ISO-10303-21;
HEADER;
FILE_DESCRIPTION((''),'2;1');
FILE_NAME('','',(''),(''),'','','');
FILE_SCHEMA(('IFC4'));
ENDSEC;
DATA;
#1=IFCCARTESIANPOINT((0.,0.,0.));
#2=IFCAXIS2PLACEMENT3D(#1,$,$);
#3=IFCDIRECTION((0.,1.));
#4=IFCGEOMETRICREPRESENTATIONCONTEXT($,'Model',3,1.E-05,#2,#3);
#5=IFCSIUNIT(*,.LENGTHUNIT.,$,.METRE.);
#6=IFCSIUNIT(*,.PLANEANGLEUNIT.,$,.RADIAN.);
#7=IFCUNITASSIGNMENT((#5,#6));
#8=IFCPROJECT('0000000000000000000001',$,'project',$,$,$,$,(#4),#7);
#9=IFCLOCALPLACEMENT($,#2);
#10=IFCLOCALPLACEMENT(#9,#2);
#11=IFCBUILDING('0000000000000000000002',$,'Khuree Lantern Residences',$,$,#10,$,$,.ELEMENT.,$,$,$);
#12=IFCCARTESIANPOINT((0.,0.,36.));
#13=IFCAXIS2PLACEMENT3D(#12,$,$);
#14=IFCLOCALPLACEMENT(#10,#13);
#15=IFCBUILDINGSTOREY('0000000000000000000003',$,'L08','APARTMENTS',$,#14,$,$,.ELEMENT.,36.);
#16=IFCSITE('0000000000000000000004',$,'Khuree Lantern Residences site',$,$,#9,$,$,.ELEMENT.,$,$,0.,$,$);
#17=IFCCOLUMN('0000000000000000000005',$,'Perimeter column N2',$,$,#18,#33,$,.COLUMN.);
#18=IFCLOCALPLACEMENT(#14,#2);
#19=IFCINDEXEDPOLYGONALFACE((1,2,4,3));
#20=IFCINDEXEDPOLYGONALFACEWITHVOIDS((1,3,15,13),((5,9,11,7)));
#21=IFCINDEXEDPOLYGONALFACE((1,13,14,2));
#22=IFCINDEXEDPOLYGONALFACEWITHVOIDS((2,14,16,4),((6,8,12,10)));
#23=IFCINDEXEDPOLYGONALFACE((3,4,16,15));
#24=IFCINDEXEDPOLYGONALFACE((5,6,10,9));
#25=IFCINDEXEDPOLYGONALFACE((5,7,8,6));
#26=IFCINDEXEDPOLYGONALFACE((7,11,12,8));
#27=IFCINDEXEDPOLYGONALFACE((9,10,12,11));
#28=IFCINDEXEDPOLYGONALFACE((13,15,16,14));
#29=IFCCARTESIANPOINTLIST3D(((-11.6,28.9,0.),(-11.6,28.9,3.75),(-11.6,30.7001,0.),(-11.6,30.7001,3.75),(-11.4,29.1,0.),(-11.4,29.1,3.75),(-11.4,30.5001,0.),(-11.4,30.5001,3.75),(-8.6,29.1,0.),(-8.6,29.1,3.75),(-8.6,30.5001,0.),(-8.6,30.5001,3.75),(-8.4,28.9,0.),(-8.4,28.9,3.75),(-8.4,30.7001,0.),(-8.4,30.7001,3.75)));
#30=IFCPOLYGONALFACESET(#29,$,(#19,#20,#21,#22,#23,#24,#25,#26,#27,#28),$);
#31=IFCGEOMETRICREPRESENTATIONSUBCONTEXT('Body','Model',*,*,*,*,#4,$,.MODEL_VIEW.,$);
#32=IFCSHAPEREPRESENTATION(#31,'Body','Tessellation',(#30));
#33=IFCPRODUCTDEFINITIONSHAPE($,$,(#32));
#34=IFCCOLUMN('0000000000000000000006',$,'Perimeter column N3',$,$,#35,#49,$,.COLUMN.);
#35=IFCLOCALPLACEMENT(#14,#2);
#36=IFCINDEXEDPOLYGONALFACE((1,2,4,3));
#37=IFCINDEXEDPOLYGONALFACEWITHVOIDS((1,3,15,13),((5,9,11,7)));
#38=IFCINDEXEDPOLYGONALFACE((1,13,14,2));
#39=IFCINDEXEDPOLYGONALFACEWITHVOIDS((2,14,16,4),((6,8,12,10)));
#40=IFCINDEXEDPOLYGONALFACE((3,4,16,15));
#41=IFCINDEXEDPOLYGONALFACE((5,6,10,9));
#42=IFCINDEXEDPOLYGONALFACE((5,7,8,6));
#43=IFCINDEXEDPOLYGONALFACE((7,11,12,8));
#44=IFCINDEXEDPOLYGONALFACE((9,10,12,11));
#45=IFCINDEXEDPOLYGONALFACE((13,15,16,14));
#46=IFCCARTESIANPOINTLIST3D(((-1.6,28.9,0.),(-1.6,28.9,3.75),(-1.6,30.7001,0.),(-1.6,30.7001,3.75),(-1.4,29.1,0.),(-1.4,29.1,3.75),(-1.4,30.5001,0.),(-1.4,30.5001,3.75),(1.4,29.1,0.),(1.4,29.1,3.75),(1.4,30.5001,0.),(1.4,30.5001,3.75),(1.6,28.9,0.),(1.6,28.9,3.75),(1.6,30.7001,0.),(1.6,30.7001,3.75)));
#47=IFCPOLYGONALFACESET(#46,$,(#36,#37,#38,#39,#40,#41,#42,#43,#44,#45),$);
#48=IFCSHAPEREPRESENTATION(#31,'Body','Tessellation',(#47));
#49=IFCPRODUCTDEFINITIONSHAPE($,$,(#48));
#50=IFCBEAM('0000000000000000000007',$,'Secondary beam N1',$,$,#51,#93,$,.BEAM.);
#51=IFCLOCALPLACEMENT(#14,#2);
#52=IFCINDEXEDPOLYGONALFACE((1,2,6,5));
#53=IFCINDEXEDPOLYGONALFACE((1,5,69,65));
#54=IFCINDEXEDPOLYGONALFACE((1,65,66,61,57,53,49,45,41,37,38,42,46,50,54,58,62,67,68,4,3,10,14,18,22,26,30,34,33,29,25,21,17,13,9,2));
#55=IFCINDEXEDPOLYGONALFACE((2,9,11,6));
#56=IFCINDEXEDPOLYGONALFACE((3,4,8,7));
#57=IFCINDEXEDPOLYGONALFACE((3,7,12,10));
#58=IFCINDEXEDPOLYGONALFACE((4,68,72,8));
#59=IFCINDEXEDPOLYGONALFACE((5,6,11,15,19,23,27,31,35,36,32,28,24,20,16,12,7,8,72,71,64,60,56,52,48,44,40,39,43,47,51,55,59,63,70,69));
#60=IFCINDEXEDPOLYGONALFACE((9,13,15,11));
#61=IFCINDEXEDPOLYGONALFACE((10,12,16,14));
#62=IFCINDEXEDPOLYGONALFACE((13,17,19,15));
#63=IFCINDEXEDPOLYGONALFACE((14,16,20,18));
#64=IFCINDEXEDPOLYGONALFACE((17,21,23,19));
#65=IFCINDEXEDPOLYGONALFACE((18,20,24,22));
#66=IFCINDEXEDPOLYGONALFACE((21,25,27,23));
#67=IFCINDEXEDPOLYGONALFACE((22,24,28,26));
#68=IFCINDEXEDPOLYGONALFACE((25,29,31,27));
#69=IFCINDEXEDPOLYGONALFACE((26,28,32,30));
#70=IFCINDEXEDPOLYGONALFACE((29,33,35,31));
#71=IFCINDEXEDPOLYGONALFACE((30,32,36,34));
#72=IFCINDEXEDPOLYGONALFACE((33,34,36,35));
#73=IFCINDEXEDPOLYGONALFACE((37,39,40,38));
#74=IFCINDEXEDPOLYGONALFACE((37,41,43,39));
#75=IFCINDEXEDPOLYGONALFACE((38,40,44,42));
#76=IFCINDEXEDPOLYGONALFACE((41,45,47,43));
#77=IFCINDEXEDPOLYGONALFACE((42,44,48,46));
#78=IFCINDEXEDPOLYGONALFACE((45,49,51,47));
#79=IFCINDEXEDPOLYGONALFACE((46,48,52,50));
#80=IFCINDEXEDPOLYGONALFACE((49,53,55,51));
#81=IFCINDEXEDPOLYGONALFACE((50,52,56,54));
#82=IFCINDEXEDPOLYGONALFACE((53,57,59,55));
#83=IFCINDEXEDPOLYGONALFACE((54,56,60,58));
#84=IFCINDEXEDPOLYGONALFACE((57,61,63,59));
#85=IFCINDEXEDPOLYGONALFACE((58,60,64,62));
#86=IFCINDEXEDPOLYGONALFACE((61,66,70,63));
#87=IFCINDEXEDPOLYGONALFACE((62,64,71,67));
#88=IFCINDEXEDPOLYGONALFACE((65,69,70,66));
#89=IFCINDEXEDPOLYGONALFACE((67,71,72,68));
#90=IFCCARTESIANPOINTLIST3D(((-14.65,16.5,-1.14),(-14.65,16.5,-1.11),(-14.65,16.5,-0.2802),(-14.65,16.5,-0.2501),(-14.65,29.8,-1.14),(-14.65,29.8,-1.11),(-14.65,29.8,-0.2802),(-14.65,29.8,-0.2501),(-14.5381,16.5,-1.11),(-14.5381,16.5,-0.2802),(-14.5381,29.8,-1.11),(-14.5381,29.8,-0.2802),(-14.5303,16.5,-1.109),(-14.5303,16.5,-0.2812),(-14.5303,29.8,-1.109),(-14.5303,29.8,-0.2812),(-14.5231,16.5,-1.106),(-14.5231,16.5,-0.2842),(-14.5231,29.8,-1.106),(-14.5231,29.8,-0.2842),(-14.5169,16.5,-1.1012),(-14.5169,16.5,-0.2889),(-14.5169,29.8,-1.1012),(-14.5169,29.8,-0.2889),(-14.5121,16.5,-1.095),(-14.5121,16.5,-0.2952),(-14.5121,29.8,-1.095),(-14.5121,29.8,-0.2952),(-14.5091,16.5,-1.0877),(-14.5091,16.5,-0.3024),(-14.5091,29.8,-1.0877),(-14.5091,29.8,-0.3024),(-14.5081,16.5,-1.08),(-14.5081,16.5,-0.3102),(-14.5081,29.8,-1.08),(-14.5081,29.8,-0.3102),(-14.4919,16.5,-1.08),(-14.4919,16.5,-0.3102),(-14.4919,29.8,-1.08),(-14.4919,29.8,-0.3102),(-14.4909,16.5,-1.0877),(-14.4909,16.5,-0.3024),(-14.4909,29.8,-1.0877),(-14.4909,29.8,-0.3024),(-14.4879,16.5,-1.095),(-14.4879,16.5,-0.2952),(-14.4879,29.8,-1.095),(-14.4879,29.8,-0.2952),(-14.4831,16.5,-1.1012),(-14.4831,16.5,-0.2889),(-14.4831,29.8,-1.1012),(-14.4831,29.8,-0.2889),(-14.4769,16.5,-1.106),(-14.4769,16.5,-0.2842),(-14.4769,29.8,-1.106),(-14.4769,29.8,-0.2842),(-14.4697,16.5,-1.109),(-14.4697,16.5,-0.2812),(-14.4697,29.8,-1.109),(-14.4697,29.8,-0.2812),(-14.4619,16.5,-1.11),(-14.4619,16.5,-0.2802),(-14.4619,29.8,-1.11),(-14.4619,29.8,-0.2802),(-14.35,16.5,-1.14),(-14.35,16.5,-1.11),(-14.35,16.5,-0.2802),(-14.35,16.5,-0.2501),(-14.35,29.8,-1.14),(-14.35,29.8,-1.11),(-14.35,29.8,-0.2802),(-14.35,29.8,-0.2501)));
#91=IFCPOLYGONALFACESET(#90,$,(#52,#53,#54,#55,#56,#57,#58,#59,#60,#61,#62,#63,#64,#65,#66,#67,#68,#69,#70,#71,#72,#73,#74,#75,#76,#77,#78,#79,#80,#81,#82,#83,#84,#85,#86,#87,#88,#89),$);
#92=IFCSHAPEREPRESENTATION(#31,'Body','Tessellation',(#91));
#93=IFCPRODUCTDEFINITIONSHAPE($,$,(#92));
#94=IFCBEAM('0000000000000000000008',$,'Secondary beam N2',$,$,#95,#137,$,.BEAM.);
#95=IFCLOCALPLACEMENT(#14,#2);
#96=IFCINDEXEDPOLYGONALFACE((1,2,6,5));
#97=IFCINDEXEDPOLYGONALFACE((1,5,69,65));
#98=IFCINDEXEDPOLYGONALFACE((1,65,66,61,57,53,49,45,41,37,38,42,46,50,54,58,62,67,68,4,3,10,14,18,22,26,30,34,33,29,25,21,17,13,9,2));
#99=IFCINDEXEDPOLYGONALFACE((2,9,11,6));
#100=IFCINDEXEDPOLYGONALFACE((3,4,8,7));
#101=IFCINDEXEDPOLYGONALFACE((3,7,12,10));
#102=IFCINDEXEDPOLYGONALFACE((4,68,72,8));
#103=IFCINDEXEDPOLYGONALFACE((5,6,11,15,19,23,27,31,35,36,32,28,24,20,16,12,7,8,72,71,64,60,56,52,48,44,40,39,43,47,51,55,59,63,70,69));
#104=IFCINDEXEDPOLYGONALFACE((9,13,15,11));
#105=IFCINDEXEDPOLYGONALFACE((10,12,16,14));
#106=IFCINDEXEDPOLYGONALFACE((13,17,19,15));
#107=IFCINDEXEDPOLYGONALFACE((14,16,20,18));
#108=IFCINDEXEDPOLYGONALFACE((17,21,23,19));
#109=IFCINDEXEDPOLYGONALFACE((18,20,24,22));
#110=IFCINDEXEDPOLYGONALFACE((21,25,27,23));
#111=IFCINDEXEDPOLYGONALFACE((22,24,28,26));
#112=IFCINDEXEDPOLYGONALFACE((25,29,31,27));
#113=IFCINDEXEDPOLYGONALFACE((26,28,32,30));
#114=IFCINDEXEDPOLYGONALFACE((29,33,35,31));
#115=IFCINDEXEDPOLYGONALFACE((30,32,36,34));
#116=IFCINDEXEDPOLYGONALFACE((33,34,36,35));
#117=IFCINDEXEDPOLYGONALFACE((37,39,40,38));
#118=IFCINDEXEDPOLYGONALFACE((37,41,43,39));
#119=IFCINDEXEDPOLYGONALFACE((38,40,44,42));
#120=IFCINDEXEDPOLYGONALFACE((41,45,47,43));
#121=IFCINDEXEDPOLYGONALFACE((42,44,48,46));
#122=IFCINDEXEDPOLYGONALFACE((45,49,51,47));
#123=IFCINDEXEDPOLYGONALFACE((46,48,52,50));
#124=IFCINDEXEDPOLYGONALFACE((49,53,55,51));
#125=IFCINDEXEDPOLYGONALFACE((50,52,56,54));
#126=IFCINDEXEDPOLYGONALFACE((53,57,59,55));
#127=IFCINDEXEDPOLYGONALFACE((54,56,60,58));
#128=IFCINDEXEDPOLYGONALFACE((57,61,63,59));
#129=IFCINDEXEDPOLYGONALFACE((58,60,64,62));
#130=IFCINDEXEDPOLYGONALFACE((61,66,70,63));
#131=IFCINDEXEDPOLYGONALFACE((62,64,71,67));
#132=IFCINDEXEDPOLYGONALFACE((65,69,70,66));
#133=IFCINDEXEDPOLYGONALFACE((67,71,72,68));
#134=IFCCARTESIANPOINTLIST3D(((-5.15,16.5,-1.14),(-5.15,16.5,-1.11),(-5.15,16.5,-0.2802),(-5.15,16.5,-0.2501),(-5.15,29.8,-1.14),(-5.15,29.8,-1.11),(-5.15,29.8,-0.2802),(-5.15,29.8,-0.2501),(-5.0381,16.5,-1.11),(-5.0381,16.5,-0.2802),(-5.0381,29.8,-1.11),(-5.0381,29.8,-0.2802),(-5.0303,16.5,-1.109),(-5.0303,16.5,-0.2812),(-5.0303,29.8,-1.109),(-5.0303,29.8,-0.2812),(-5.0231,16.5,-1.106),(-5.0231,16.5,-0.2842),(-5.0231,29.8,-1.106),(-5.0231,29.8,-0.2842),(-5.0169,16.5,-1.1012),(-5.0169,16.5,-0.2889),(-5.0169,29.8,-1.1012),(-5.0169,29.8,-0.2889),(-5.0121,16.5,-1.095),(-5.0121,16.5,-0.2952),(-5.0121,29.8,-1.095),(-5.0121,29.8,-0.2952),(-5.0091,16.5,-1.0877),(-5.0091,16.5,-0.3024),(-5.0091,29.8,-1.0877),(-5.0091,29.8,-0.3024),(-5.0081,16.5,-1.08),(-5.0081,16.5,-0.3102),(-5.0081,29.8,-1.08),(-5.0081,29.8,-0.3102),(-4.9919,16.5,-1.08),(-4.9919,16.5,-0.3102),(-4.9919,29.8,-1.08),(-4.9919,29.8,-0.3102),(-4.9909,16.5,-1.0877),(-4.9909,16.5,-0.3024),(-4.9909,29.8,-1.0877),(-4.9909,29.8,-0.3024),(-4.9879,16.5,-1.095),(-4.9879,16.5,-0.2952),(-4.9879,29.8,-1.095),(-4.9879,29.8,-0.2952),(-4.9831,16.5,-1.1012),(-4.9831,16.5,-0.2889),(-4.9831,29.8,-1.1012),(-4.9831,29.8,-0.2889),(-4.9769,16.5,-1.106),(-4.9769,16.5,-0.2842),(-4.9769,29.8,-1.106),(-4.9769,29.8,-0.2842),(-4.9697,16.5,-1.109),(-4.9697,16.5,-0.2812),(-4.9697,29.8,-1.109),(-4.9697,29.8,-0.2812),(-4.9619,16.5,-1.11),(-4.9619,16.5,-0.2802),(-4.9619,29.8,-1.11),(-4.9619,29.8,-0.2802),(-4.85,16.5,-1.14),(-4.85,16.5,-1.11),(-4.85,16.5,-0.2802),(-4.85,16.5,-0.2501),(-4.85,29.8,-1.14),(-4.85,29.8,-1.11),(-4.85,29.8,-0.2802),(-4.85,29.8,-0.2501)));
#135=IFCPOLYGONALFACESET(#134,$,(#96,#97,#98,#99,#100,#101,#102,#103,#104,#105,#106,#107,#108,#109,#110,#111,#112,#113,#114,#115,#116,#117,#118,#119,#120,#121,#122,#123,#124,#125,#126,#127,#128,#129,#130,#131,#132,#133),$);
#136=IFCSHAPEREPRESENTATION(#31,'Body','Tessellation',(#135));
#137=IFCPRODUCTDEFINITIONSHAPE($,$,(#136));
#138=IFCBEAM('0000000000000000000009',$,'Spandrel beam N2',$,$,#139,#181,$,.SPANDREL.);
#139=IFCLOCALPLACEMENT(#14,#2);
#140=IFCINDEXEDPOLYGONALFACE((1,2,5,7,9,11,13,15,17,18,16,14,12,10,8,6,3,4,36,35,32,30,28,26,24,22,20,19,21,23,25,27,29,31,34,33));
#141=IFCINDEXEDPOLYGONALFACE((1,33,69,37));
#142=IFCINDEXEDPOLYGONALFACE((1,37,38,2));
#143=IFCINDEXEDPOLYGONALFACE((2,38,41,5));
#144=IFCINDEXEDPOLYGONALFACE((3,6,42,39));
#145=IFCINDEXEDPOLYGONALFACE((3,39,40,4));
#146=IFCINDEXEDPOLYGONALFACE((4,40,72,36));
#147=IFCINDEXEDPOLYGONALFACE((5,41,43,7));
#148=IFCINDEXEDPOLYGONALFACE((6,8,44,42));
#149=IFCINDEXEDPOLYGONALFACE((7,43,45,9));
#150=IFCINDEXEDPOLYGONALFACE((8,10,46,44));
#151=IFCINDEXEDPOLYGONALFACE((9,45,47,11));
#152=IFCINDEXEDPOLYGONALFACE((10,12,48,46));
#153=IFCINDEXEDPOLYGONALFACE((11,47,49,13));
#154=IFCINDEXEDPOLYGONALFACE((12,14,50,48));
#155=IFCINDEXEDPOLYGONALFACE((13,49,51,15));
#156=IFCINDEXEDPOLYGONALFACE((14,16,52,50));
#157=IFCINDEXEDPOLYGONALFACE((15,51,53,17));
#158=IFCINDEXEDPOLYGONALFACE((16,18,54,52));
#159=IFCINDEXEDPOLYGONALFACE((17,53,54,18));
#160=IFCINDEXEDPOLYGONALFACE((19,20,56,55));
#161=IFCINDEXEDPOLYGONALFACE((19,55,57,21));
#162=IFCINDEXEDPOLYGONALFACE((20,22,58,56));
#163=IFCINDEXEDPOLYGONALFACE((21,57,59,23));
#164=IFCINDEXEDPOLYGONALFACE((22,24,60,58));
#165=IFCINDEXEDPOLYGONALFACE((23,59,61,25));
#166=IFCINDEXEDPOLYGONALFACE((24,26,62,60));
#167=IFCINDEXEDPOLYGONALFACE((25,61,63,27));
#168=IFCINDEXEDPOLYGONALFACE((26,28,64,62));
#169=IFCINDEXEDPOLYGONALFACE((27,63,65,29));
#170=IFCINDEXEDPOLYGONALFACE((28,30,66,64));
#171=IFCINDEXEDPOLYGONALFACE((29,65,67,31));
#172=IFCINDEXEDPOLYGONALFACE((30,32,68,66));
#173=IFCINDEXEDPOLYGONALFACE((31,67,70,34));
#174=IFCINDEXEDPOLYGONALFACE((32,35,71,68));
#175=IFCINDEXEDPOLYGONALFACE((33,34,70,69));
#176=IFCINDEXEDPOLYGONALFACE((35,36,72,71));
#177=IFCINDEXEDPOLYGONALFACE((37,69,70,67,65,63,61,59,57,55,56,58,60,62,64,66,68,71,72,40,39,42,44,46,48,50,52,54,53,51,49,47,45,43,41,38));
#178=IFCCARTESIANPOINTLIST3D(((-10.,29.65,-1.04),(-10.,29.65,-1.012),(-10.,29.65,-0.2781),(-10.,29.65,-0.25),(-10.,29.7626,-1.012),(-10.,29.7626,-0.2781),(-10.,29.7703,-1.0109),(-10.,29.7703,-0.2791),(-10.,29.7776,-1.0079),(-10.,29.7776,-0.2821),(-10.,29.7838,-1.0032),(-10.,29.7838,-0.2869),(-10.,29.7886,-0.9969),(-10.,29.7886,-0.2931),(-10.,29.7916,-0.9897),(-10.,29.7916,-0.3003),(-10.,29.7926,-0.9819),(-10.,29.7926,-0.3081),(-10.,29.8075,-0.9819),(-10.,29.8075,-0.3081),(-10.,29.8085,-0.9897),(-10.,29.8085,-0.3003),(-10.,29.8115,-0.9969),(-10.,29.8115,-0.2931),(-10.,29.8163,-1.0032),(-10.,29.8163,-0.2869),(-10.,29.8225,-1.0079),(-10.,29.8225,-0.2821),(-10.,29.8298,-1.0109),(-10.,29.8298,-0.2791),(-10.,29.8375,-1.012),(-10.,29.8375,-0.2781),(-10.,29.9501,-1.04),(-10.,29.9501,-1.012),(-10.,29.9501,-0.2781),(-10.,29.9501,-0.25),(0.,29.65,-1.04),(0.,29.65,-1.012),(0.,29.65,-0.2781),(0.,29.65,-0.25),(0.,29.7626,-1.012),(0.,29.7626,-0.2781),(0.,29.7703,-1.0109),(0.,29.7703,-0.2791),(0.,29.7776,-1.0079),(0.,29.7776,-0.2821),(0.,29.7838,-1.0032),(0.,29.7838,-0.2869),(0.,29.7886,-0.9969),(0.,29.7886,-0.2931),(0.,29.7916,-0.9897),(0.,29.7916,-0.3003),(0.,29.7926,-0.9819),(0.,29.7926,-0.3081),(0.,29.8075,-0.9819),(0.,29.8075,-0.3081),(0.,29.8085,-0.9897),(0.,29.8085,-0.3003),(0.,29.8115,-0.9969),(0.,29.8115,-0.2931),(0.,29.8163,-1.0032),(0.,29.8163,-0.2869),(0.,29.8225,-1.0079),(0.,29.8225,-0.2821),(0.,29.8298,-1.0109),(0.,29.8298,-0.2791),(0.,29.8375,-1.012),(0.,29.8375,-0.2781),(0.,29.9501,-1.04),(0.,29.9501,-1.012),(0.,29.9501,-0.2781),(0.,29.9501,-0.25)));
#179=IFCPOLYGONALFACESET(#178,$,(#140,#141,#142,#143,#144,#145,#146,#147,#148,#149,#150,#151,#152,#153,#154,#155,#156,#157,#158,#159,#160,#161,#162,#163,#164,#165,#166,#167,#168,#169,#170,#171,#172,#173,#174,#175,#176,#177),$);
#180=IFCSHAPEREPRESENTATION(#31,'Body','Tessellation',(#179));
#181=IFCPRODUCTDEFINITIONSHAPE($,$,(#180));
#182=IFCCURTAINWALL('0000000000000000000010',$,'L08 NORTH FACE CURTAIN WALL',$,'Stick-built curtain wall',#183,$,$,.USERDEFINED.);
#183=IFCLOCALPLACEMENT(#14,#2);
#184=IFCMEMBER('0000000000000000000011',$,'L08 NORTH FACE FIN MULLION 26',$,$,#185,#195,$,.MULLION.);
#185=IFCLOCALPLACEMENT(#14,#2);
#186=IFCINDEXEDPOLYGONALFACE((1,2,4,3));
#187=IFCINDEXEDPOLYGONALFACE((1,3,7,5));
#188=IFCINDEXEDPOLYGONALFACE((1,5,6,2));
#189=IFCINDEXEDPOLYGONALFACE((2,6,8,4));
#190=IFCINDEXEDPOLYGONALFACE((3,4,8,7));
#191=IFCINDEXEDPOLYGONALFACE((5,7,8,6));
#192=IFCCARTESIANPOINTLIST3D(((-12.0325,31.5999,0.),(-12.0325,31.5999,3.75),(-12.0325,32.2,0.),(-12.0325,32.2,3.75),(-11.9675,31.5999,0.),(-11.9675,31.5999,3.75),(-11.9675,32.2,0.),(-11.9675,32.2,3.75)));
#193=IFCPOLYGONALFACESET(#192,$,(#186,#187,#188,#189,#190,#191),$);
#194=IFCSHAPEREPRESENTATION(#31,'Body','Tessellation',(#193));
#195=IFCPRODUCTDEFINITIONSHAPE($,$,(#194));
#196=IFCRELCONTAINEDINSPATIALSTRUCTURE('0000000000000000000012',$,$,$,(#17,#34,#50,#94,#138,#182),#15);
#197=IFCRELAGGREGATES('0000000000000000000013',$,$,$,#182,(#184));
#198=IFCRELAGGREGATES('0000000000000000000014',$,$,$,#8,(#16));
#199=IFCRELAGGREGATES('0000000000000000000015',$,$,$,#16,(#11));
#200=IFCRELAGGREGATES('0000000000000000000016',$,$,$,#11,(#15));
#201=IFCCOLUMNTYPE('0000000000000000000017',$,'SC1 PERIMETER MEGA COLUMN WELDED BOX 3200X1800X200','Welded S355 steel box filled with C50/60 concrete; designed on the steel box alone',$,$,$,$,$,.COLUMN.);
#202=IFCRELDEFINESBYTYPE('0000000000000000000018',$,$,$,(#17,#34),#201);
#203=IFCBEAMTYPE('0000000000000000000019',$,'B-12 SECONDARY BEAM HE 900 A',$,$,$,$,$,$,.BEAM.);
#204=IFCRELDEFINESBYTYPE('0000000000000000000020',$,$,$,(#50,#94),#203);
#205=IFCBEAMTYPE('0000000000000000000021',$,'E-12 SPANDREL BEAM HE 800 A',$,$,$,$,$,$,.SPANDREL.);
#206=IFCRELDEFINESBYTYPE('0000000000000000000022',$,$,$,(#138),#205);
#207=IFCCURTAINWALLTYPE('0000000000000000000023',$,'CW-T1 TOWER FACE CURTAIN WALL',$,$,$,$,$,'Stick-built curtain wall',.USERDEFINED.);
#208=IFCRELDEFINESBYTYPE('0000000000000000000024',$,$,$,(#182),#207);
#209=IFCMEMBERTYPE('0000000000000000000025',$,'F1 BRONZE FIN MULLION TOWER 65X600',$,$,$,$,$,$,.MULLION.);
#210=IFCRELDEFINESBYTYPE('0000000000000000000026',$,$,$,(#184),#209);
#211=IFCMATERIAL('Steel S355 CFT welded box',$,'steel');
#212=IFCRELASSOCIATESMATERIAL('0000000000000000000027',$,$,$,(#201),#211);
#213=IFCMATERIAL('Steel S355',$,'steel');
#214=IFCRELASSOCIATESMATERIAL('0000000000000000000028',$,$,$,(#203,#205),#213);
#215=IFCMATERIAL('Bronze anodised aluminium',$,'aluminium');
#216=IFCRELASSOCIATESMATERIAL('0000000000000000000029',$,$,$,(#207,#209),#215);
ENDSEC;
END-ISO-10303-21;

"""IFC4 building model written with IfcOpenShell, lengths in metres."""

from ifc_helpers import new_model, si_unit, direction, frame, origin, origin_2d, place, context, subcontext, project, spatial, rectangle, hollow_rectangle, i_section, extrude, material, material_profile, profile_set, type_object, element, aggregate, save


model = new_model("IFC4")

# Units and contexts
model_context = context("Model", 3, precision=1e-05, world=origin(), true_north=direction((0.0, 1.0)))
body_context = subcontext(model_context, "Body", "Model", "MODEL_VIEW")
ifc_project = project(units=[si_unit("LENGTHUNIT", "METRE"), si_unit("PLANEANGLEUNIT", "RADIAN")], contexts=[model_context])

# Site, building, storey
site_placement = place(None, origin())
site = spatial("IfcSite", under=ifc_project, at=site_placement, Name="Khuree Lantern Residences site", CompositionType="ELEMENT", RefElevation=0.0)
building_placement = place(site_placement, origin())
building = spatial("IfcBuilding", under=site, at=building_placement, Name="Khuree Lantern Residences", CompositionType="ELEMENT")
storey_placement = place(building_placement, frame((0.0, 0.0, 36.0)))
storey = spatial("IfcBuildingStorey", under=building, at=storey_placement, Name="L08", Description="APARTMENTS", CompositionType="ELEMENT", Elevation=36.0)

# Columns
ifc_material_1 = material(Name="Steel S355 CFT welded box", Category="steel")
ifc_material_profile_1 = material_profile(ifc_material_1, hollow_rectangle(XDim=3.2, YDim=1.8, WallThickness=0.2, at=origin_2d()), Name="WELDED BOX 3200X1800X200")
ifc_profile_set_1 = profile_set([ifc_material_profile_1], Name="Steel S355 CFT welded box")
column_type = type_object("IfcColumnType", Name="SC1 PERIMETER MEGA COLUMN WELDED BOX 3200X1800X200", Description="Welded S355 steel box filled with C50/60 concrete; designed on the steel box alone", PredefinedType="COLUMN", material=ifc_profile_set_1)
for number, where, z_axis, x_axis, name in (
    (1, (-10.0, 29.8, 0.0), (0.0, 0.0, 1.0), (1.0, 0.0, 0.0), "Perimeter column N2"),
    (2, (0.0, 29.8, 0.0), (0.0, 0.0, 1.0), (1.0, 0.0, 0.0), "Perimeter column N3"),
):
    element("IfcColumn", number, at=place(storey_placement, frame(where, z_axis=z_axis, x_axis=x_axis)), inside=storey, type_object=column_type, Name=name, PredefinedType="COLUMN", context=body_context, shape_type="SweptSolid", body=[
        extrude(hollow_rectangle(XDim=3.2, YDim=1.8, WallThickness=0.2, at=origin_2d()), origin(), (0.0, 0.0, 1.0), 3.75),
    ])

# Beams
ifc_material_2 = material(Name="Steel S355", Category="steel")
ifc_material_profile_2 = material_profile(ifc_material_2, i_section(OverallWidth=0.3, OverallDepth=0.8899, WebThickness=0.0161, FlangeThickness=0.03, FilletRadius=0.03, at=origin_2d()), Name="HE 900 A")
ifc_profile_set_2 = profile_set([ifc_material_profile_2], Name="Steel S355")
beam_type_1 = type_object("IfcBeamType", Name="B-12 SECONDARY BEAM HE 900 A", PredefinedType="BEAM", material=ifc_profile_set_2)
for number, where, z_axis, x_axis, name in (
    (3, (-14.5, 29.8, -0.6951), (0.0, -1.0, 0.0), (1.0, 0.0, 0.0), "Secondary beam N1"),
    (4, (-5.0, 29.8, -0.6951), (0.0, -1.0, 0.0), (1.0, 0.0, 0.0), "Secondary beam N2"),
):
    element("IfcBeam", number, at=place(storey_placement, frame(where, z_axis=z_axis, x_axis=x_axis)), inside=storey, type_object=beam_type_1, Name=name, PredefinedType="BEAM", context=body_context, shape_type="SweptSolid", body=[
        extrude(i_section(OverallWidth=0.3, OverallDepth=0.8899, WebThickness=0.0161, FlangeThickness=0.03, FilletRadius=0.03, at=origin_2d()), origin(), (0.0, 0.0, 1.0), 13.3),
    ])
ifc_material_profile_3 = material_profile(ifc_material_2, i_section(OverallWidth=0.3, OverallDepth=0.79, WebThickness=0.0149, FlangeThickness=0.0281, FilletRadius=0.03, at=origin_2d()), Name="HE 800 A")
ifc_profile_set_3 = profile_set([ifc_material_profile_3], Name="Steel S355")
beam_type_2 = type_object("IfcBeamType", Name="E-12 SPANDREL BEAM HE 800 A", PredefinedType="SPANDREL", material=ifc_profile_set_3)
beam_placement = place(storey_placement, frame((-10.0, 29.8, -0.645), z_axis=(1.0, 0.0, 0.0), x_axis=(0.0, 1.0, 0.0)))
element("IfcBeam", 5, at=beam_placement, inside=storey, type_object=beam_type_2, Name="Spandrel beam N2", PredefinedType="SPANDREL", context=body_context, shape_type="SweptSolid", body=[
    extrude(i_section(OverallWidth=0.3, OverallDepth=0.79, WebThickness=0.0149, FlangeThickness=0.0281, FilletRadius=0.03, at=origin_2d()), origin(), (0.0, 0.0, 1.0), 10.0),
])

# Curtain wall, member
ifc_material_3 = material(Name="Bronze anodised aluminium", Category="aluminium")
curtain_wall_type = type_object("IfcCurtainWallType", Name="CW-T1 TOWER FACE CURTAIN WALL", ElementType="Stick-built curtain wall", PredefinedType="USERDEFINED", material=ifc_material_3)
curtain_wall_placement = place(storey_placement, origin())
curtain_wall = element("IfcCurtainWall", 6, at=curtain_wall_placement, inside=storey, type_object=curtain_wall_type, Name="L08 NORTH FACE CURTAIN WALL", ObjectType="Stick-built curtain wall", PredefinedType="USERDEFINED")
ifc_material_profile_4 = material_profile(ifc_material_3, rectangle(XDim=0.0649, YDim=0.6001, at=origin_2d()), Name="F1 65X600")
ifc_profile_set_4 = profile_set([ifc_material_profile_4], Name="Bronze anodised aluminium")
member_type_1 = type_object("IfcMemberType", Name="F1 BRONZE FIN MULLION TOWER 65X600", PredefinedType="MULLION", material=ifc_profile_set_4)
member_1_placement = place(storey_placement, frame((-12.0, 31.8999, 0.0), z_axis=(0.0, 0.0, 1.0), x_axis=(-1.0, 0.0, 0.0)))
member_1 = element("IfcMember", 7, at=member_1_placement, type_object=member_type_1, Name="L08 NORTH FACE FIN MULLION 26", PredefinedType="MULLION", context=body_context, shape_type="SweptSolid", body=[
    extrude(rectangle(XDim=0.0649, YDim=0.6001, at=origin_2d()), origin(), (0.0, 0.0, 1.0), 3.75),
])

aggregate(curtain_wall, [member_1])

save(model, "model.ifc")
